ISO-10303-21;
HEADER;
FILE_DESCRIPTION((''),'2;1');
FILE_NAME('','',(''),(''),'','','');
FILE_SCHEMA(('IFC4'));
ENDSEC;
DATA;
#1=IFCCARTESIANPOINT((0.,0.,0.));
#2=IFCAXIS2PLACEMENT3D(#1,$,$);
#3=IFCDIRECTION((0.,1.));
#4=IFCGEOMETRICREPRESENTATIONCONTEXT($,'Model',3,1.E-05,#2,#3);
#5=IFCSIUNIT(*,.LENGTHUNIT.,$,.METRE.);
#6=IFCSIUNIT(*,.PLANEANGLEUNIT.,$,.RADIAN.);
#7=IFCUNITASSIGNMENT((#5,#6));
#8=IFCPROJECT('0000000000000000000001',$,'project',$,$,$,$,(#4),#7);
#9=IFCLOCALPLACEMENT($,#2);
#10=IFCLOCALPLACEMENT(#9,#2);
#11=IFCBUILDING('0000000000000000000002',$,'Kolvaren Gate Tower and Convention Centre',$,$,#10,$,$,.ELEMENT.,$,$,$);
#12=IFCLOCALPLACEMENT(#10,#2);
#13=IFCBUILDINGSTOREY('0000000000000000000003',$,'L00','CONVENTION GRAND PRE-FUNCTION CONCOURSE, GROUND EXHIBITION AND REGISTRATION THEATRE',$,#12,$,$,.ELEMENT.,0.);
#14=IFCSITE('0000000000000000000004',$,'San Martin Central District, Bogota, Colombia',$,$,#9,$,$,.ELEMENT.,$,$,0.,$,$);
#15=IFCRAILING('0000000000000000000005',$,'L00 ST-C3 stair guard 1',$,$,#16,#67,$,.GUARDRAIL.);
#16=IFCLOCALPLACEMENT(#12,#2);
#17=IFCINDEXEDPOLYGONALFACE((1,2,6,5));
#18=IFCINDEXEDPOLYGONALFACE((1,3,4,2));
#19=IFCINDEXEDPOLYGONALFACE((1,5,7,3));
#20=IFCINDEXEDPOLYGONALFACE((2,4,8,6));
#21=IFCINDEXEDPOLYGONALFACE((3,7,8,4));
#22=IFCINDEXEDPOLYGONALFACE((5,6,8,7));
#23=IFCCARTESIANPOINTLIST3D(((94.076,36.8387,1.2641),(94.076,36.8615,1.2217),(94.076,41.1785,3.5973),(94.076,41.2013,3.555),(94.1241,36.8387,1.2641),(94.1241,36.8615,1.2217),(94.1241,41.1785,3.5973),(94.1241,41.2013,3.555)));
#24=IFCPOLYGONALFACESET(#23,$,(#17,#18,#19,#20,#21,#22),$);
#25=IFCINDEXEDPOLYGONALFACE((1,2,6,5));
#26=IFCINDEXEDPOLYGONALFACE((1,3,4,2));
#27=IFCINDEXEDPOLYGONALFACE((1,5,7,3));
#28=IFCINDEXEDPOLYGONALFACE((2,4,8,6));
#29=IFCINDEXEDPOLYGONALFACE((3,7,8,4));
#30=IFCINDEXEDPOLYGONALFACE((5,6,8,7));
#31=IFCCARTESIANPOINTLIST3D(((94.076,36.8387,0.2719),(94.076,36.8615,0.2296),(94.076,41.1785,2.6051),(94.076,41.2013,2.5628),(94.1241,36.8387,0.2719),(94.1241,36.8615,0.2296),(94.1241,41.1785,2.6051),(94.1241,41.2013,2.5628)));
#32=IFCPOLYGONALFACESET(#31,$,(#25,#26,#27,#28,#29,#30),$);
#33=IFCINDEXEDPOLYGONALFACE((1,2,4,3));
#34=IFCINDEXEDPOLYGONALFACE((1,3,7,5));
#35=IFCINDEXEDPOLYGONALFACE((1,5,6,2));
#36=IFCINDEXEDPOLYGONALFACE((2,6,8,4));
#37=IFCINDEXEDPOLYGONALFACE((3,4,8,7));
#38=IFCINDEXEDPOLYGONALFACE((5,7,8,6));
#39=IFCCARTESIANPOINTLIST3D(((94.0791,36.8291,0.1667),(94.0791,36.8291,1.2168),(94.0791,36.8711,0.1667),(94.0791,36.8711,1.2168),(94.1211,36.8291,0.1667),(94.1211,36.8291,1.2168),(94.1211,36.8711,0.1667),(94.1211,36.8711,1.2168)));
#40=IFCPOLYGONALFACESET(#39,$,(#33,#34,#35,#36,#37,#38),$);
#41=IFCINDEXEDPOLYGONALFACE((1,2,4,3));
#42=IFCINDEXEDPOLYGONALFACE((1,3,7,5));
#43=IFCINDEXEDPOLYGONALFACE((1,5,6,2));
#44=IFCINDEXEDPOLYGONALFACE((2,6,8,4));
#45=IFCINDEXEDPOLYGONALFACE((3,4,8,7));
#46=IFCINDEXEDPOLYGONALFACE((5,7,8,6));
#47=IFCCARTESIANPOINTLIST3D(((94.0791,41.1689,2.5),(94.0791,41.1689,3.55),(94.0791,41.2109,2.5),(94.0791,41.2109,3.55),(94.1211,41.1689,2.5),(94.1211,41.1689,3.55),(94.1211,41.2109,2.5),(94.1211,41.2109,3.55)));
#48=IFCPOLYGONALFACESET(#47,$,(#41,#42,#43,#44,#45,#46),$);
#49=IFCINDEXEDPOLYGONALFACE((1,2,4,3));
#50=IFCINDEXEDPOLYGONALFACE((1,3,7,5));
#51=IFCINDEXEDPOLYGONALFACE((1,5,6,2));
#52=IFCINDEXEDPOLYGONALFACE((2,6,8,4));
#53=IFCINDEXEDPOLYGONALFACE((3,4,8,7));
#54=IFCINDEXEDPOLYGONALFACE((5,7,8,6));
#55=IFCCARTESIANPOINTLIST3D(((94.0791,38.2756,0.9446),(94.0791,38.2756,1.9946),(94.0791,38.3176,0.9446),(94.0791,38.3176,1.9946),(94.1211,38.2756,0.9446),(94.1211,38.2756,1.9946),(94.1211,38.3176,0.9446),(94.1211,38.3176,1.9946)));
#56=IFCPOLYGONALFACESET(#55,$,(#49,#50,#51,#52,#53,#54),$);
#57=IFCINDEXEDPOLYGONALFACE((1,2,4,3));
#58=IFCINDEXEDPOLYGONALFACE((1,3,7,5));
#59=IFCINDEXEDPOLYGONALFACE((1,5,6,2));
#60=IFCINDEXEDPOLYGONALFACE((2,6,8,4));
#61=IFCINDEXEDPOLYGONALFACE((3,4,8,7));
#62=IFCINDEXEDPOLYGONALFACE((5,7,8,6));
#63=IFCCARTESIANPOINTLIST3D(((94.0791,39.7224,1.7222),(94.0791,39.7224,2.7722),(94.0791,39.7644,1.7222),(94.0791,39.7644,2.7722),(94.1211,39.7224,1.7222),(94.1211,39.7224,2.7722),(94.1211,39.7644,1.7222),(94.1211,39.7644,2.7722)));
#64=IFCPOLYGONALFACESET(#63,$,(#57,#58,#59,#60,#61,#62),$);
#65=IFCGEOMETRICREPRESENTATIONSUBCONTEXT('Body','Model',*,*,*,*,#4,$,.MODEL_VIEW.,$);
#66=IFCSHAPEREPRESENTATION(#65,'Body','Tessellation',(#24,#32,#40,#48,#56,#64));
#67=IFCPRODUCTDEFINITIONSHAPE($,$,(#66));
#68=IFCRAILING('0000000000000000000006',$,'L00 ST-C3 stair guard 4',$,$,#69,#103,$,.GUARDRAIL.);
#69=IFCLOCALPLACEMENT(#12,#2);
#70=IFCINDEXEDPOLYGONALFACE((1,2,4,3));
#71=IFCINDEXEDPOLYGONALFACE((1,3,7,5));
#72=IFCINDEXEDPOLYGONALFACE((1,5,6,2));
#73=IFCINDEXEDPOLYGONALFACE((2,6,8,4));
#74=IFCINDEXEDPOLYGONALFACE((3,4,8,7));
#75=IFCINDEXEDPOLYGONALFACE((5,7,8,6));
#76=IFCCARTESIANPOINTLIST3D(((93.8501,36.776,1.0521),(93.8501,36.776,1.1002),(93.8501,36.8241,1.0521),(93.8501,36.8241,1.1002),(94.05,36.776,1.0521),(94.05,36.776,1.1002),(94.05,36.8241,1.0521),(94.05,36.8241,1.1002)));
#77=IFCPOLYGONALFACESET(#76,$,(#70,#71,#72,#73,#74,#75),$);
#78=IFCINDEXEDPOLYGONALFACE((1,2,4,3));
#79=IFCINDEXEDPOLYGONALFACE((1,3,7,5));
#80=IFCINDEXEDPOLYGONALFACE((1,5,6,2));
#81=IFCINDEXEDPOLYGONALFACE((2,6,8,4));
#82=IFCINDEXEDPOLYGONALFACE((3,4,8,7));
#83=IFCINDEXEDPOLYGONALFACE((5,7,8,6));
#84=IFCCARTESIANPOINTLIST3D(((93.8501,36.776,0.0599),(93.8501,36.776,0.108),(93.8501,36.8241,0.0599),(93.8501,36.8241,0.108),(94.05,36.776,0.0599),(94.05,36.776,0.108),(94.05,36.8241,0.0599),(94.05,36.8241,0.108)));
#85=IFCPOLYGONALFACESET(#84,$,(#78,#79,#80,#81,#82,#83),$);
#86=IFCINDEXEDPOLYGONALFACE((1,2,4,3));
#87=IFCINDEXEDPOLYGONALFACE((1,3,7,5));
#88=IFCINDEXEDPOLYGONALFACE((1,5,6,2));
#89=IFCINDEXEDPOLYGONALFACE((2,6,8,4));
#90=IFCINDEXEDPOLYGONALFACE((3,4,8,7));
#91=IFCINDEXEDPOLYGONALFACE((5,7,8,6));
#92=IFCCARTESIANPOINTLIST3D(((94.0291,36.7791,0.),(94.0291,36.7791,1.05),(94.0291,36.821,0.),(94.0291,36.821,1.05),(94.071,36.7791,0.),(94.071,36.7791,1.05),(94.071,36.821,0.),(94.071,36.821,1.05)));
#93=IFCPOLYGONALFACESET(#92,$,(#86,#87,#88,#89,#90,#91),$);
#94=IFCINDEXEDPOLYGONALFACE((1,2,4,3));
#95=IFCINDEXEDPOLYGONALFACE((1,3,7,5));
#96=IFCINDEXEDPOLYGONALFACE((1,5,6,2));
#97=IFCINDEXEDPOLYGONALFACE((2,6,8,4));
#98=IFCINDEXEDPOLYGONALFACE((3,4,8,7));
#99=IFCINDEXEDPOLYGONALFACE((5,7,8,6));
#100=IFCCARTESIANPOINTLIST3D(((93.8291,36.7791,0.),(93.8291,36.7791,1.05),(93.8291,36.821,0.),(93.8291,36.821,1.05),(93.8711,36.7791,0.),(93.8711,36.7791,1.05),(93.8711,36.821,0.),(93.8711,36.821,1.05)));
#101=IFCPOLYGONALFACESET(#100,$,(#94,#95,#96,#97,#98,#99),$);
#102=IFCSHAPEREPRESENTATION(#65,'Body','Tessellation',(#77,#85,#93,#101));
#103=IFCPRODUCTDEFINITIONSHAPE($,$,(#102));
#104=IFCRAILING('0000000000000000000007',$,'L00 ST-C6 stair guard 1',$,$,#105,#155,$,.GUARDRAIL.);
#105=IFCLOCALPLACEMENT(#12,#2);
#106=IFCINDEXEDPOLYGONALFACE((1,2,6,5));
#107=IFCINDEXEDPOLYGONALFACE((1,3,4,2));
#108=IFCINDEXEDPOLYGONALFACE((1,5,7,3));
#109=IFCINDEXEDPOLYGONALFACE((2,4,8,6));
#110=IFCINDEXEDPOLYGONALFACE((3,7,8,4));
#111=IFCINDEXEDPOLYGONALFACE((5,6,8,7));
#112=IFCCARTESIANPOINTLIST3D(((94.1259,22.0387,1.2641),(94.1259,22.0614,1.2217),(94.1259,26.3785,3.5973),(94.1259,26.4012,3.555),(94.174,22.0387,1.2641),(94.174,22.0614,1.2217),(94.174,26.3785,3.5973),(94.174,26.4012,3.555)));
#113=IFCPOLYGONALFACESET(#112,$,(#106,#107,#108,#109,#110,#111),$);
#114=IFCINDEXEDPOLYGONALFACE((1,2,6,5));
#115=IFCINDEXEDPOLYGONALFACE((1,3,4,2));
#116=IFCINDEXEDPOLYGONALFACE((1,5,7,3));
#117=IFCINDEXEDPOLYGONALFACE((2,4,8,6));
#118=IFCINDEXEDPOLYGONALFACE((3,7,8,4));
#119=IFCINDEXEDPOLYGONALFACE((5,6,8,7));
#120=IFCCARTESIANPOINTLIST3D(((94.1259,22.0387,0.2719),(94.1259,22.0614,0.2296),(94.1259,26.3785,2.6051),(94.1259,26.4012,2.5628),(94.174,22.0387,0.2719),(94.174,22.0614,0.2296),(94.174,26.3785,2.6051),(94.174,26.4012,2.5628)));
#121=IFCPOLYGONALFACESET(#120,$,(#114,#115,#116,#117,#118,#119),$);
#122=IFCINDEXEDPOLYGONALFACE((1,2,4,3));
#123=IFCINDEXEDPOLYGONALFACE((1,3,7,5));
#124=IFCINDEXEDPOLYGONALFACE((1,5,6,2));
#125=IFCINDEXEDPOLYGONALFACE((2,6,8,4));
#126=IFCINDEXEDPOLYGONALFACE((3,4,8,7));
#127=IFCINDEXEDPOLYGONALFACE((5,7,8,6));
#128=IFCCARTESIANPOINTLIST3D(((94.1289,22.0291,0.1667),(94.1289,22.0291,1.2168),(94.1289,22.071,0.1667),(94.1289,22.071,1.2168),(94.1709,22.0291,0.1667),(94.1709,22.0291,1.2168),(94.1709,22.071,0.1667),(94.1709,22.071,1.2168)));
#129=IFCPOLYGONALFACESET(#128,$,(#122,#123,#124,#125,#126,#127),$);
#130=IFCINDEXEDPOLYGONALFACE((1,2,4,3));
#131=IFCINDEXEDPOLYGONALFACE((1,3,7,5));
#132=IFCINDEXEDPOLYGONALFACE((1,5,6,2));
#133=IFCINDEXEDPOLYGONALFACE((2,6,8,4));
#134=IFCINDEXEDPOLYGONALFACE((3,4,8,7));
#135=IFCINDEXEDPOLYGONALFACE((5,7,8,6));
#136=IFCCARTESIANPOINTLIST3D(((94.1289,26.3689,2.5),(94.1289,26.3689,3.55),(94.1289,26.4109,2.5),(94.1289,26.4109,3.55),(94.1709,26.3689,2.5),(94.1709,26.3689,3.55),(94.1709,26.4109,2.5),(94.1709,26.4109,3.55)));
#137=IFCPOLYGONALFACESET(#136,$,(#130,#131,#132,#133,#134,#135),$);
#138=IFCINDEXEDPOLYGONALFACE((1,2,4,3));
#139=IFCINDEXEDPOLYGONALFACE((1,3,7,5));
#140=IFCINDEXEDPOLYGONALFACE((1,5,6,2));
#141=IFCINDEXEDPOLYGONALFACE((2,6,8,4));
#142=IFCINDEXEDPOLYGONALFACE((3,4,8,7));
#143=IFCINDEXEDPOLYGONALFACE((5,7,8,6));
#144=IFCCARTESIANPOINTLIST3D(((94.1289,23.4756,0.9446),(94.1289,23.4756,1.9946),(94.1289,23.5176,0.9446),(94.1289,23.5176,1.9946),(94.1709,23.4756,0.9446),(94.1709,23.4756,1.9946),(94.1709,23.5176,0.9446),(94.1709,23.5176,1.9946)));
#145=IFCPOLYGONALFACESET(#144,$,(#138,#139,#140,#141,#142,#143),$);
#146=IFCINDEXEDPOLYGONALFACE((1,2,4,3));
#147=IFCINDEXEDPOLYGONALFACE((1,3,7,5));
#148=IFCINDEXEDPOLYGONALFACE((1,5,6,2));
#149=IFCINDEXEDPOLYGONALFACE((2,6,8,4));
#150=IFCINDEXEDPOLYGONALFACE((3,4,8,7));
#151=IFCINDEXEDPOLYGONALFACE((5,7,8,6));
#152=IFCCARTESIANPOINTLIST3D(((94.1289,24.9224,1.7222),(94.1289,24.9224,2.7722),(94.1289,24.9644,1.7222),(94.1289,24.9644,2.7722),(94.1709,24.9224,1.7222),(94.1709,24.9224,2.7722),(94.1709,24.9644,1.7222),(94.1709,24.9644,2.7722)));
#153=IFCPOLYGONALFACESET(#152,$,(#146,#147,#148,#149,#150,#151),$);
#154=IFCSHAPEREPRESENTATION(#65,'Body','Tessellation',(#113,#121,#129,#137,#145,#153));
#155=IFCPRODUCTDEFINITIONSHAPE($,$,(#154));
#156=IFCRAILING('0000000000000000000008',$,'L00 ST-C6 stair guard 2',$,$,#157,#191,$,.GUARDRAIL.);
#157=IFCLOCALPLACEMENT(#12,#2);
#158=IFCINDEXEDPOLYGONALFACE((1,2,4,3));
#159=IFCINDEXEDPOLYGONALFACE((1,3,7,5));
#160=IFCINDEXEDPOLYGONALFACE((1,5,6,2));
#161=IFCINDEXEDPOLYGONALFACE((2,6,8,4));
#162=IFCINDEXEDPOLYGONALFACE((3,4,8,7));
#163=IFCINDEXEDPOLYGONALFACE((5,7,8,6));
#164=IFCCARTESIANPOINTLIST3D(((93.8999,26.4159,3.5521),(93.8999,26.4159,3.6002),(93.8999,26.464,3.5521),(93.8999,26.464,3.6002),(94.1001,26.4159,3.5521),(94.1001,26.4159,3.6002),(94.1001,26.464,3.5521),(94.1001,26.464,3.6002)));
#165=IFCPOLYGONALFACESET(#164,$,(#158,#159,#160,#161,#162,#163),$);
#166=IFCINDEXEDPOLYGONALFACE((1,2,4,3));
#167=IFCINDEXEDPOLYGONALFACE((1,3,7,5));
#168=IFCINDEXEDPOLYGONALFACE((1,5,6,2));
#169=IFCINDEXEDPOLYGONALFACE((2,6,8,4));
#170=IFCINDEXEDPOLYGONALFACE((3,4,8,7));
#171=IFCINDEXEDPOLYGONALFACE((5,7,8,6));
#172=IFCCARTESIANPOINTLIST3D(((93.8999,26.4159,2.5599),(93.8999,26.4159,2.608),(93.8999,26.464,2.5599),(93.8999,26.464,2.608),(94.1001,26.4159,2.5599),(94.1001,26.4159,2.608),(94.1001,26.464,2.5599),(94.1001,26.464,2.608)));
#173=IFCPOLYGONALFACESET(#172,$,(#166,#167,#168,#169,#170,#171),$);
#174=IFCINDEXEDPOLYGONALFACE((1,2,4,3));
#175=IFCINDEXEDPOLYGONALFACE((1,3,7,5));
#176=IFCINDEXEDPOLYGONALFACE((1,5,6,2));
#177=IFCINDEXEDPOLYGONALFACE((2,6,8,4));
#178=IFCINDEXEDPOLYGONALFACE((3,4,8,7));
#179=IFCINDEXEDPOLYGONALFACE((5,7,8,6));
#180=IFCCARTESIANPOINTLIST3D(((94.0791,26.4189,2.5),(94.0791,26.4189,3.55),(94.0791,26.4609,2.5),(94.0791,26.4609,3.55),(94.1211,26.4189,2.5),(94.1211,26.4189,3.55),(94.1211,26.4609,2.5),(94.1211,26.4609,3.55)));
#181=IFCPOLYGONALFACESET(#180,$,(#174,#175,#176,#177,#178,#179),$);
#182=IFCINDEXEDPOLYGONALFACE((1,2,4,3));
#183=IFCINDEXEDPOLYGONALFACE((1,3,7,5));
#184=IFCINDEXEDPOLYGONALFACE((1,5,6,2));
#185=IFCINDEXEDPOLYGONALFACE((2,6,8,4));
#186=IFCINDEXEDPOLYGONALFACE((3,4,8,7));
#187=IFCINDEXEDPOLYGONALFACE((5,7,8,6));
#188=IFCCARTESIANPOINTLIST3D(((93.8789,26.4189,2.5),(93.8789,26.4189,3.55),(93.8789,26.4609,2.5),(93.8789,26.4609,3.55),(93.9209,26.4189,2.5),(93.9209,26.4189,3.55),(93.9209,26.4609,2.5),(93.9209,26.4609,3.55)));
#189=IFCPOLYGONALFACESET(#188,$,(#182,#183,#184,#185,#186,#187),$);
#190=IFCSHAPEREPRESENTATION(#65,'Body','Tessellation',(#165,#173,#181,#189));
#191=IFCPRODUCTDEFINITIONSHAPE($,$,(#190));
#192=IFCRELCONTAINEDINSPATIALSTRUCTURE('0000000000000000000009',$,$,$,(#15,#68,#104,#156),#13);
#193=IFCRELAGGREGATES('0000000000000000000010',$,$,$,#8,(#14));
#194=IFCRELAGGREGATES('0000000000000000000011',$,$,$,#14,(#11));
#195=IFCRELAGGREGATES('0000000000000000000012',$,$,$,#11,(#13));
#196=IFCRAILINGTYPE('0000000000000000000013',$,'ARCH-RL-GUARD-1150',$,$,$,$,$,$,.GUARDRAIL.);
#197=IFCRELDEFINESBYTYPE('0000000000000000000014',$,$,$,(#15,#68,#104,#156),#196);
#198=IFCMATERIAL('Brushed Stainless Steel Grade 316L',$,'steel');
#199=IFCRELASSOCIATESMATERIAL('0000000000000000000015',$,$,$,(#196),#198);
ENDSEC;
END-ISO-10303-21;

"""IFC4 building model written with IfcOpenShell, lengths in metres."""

from ifc_helpers import new_model, si_unit, direction, frame, origin, origin_2d, place, context, subcontext, project, spatial, rectangle, extrude, material, type_object, element, save


model = new_model("IFC4")

# Units and contexts
model_context = context("Model", 3, precision=1e-05, world=origin(), true_north=direction((0.0, 1.0)))
body_context = subcontext(model_context, "Body", "Model", "MODEL_VIEW")
ifc_project = project(units=[si_unit("LENGTHUNIT", "METRE"), si_unit("PLANEANGLEUNIT", "RADIAN")], contexts=[model_context])

# Site, building, storey
site_placement = place(None, origin())
site = spatial("IfcSite", under=ifc_project, at=site_placement, Name="San Martin Central District, Bogota, Colombia", CompositionType="ELEMENT", RefElevation=0.0)
building_placement = place(site_placement, origin())
building = spatial("IfcBuilding", under=site, at=building_placement, Name="Kolvaren Gate Tower and Convention Centre", CompositionType="ELEMENT")
storey_placement = place(building_placement, origin())
storey = spatial("IfcBuildingStorey", under=building, at=storey_placement, Name="L00", Description="CONVENTION GRAND PRE-FUNCTION CONCOURSE, GROUND EXHIBITION AND REGISTRATION THEATRE", CompositionType="ELEMENT", Elevation=0.0)

# Railings
ifc_material_1 = material(Name="Brushed Stainless Steel Grade 316L", Category="steel")
railing_type_1 = type_object("IfcRailingType", Name="ARCH-RL-GUARD-1150", PredefinedType="GUARDRAIL", material=ifc_material_1)
railing_1_placement = place(storey_placement, frame((94.1001, 36.8501, 0.1667)))
element("IfcRailing", 1, at=railing_1_placement, inside=storey, type_object=railing_type_1, Name="L00 ST-C3 stair guard 1", PredefinedType="GUARDRAIL", context=body_context, shape_type="SweptSolid", body=[
    extrude(rectangle(XDim=0.0481, YDim=0.0481, at=origin_2d()), frame((0.0, 0.0, 1.0762), z_axis=(0.0, 0.880775, 0.473535), x_axis=(-1.0, 0.0, 0.0)), (0.0, 0.0, 1.0), 4.9272),
    extrude(rectangle(XDim=0.0481, YDim=0.0481, at=origin_2d()), frame((0.0, 0.0, 0.084), z_axis=(0.0, 0.880775, 0.473535), x_axis=(-1.0, 0.0, 0.0)), (0.0, 0.0, 1.0), 4.9272),
    extrude(rectangle(XDim=0.042, YDim=0.042, at=origin_2d()), origin(), (0.0, 0.0, 1.0), 1.05),
    extrude(rectangle(XDim=0.042, YDim=0.042, at=origin_2d()), frame((0.0, 4.3398, 2.3333)), (0.0, 0.0, 1.0), 1.05),
    extrude(rectangle(XDim=0.042, YDim=0.042, at=origin_2d()), frame((0.0, 1.4465, 0.7778)), (0.0, 0.0, 1.0), 1.05),
    extrude(rectangle(XDim=0.042, YDim=0.042, at=origin_2d()), frame((0.0, 2.8933, 1.5554)), (0.0, 0.0, 1.0), 1.05),
])
railing_2_placement = place(storey_placement, frame((94.05, 36.8, 0.0)))
element("IfcRailing", 2, at=railing_2_placement, inside=storey, type_object=railing_type_1, Name="L00 ST-C3 stair guard 4", PredefinedType="GUARDRAIL", context=body_context, shape_type="SweptSolid", body=[
    extrude(rectangle(XDim=0.0481, YDim=0.0481, at=origin_2d()), frame((0.0, 0.0, 1.0762), z_axis=(-1.0, 0.0, 0.0), x_axis=(0.0, -1.0, 0.0)), (0.0, 0.0, 1.0), 0.2),
    extrude(rectangle(XDim=0.0481, YDim=0.0481, at=origin_2d()), frame((0.0, 0.0, 0.084), z_axis=(-1.0, 0.0, 0.0), x_axis=(0.0, -1.0, 0.0)), (0.0, 0.0, 1.0), 0.2),
    extrude(rectangle(XDim=0.042, YDim=0.042, at=origin_2d()), origin(), (0.0, 0.0, 1.0), 1.05),
    extrude(rectangle(XDim=0.042, YDim=0.042, at=origin_2d()), frame((-0.2, 0.0, 0.0)), (0.0, 0.0, 1.0), 1.05),
])
railing_3_placement = place(storey_placement, frame((94.1499, 22.05, 0.1667)))
element("IfcRailing", 3, at=railing_3_placement, inside=storey, type_object=railing_type_1, Name="L00 ST-C6 stair guard 1", PredefinedType="GUARDRAIL", context=body_context, shape_type="SweptSolid", body=[
    extrude(rectangle(XDim=0.0481, YDim=0.0481, at=origin_2d()), frame((0.0, 0.0, 1.0762), z_axis=(0.0, 0.880775, 0.473535), x_axis=(-1.0, 0.0, 0.0)), (0.0, 0.0, 1.0), 4.9272),
    extrude(rectangle(XDim=0.0481, YDim=0.0481, at=origin_2d()), frame((0.0, 0.0, 0.084), z_axis=(0.0, 0.880775, 0.473535), x_axis=(-1.0, 0.0, 0.0)), (0.0, 0.0, 1.0), 4.9272),
    extrude(rectangle(XDim=0.042, YDim=0.042, at=origin_2d()), origin(), (0.0, 0.0, 1.0), 1.05),
    extrude(rectangle(XDim=0.042, YDim=0.042, at=origin_2d()), frame((0.0, 4.3398, 2.3333)), (0.0, 0.0, 1.0), 1.05),
    extrude(rectangle(XDim=0.042, YDim=0.042, at=origin_2d()), frame((0.0, 1.4465, 0.7778)), (0.0, 0.0, 1.0), 1.05),
    extrude(rectangle(XDim=0.042, YDim=0.042, at=origin_2d()), frame((0.0, 2.8933, 1.5554)), (0.0, 0.0, 1.0), 1.05),
])
railing_4_placement = place(storey_placement, frame((94.1001, 26.4399, 2.5)))
element("IfcRailing", 4, at=railing_4_placement, inside=storey, type_object=railing_type_1, Name="L00 ST-C6 stair guard 2", PredefinedType="GUARDRAIL", context=body_context, shape_type="SweptSolid", body=[
    extrude(rectangle(XDim=0.0481, YDim=0.0481, at=origin_2d()), frame((0.0, 0.0, 1.0762), z_axis=(-1.0, 0.0, 0.0), x_axis=(0.0, -1.0, 0.0)), (0.0, 0.0, 1.0), 0.2002),
    extrude(rectangle(XDim=0.0481, YDim=0.0481, at=origin_2d()), frame((0.0, 0.0, 0.084), z_axis=(-1.0, 0.0, 0.0), x_axis=(0.0, -1.0, 0.0)), (0.0, 0.0, 1.0), 0.2002),
    extrude(rectangle(XDim=0.042, YDim=0.042, at=origin_2d()), origin(), (0.0, 0.0, 1.0), 1.05),
    extrude(rectangle(XDim=0.042, YDim=0.042, at=origin_2d()), frame((-0.2002, 0.0, 0.0)), (0.0, 0.0, 1.0), 1.05),
])

save(model, "model.ifc")
